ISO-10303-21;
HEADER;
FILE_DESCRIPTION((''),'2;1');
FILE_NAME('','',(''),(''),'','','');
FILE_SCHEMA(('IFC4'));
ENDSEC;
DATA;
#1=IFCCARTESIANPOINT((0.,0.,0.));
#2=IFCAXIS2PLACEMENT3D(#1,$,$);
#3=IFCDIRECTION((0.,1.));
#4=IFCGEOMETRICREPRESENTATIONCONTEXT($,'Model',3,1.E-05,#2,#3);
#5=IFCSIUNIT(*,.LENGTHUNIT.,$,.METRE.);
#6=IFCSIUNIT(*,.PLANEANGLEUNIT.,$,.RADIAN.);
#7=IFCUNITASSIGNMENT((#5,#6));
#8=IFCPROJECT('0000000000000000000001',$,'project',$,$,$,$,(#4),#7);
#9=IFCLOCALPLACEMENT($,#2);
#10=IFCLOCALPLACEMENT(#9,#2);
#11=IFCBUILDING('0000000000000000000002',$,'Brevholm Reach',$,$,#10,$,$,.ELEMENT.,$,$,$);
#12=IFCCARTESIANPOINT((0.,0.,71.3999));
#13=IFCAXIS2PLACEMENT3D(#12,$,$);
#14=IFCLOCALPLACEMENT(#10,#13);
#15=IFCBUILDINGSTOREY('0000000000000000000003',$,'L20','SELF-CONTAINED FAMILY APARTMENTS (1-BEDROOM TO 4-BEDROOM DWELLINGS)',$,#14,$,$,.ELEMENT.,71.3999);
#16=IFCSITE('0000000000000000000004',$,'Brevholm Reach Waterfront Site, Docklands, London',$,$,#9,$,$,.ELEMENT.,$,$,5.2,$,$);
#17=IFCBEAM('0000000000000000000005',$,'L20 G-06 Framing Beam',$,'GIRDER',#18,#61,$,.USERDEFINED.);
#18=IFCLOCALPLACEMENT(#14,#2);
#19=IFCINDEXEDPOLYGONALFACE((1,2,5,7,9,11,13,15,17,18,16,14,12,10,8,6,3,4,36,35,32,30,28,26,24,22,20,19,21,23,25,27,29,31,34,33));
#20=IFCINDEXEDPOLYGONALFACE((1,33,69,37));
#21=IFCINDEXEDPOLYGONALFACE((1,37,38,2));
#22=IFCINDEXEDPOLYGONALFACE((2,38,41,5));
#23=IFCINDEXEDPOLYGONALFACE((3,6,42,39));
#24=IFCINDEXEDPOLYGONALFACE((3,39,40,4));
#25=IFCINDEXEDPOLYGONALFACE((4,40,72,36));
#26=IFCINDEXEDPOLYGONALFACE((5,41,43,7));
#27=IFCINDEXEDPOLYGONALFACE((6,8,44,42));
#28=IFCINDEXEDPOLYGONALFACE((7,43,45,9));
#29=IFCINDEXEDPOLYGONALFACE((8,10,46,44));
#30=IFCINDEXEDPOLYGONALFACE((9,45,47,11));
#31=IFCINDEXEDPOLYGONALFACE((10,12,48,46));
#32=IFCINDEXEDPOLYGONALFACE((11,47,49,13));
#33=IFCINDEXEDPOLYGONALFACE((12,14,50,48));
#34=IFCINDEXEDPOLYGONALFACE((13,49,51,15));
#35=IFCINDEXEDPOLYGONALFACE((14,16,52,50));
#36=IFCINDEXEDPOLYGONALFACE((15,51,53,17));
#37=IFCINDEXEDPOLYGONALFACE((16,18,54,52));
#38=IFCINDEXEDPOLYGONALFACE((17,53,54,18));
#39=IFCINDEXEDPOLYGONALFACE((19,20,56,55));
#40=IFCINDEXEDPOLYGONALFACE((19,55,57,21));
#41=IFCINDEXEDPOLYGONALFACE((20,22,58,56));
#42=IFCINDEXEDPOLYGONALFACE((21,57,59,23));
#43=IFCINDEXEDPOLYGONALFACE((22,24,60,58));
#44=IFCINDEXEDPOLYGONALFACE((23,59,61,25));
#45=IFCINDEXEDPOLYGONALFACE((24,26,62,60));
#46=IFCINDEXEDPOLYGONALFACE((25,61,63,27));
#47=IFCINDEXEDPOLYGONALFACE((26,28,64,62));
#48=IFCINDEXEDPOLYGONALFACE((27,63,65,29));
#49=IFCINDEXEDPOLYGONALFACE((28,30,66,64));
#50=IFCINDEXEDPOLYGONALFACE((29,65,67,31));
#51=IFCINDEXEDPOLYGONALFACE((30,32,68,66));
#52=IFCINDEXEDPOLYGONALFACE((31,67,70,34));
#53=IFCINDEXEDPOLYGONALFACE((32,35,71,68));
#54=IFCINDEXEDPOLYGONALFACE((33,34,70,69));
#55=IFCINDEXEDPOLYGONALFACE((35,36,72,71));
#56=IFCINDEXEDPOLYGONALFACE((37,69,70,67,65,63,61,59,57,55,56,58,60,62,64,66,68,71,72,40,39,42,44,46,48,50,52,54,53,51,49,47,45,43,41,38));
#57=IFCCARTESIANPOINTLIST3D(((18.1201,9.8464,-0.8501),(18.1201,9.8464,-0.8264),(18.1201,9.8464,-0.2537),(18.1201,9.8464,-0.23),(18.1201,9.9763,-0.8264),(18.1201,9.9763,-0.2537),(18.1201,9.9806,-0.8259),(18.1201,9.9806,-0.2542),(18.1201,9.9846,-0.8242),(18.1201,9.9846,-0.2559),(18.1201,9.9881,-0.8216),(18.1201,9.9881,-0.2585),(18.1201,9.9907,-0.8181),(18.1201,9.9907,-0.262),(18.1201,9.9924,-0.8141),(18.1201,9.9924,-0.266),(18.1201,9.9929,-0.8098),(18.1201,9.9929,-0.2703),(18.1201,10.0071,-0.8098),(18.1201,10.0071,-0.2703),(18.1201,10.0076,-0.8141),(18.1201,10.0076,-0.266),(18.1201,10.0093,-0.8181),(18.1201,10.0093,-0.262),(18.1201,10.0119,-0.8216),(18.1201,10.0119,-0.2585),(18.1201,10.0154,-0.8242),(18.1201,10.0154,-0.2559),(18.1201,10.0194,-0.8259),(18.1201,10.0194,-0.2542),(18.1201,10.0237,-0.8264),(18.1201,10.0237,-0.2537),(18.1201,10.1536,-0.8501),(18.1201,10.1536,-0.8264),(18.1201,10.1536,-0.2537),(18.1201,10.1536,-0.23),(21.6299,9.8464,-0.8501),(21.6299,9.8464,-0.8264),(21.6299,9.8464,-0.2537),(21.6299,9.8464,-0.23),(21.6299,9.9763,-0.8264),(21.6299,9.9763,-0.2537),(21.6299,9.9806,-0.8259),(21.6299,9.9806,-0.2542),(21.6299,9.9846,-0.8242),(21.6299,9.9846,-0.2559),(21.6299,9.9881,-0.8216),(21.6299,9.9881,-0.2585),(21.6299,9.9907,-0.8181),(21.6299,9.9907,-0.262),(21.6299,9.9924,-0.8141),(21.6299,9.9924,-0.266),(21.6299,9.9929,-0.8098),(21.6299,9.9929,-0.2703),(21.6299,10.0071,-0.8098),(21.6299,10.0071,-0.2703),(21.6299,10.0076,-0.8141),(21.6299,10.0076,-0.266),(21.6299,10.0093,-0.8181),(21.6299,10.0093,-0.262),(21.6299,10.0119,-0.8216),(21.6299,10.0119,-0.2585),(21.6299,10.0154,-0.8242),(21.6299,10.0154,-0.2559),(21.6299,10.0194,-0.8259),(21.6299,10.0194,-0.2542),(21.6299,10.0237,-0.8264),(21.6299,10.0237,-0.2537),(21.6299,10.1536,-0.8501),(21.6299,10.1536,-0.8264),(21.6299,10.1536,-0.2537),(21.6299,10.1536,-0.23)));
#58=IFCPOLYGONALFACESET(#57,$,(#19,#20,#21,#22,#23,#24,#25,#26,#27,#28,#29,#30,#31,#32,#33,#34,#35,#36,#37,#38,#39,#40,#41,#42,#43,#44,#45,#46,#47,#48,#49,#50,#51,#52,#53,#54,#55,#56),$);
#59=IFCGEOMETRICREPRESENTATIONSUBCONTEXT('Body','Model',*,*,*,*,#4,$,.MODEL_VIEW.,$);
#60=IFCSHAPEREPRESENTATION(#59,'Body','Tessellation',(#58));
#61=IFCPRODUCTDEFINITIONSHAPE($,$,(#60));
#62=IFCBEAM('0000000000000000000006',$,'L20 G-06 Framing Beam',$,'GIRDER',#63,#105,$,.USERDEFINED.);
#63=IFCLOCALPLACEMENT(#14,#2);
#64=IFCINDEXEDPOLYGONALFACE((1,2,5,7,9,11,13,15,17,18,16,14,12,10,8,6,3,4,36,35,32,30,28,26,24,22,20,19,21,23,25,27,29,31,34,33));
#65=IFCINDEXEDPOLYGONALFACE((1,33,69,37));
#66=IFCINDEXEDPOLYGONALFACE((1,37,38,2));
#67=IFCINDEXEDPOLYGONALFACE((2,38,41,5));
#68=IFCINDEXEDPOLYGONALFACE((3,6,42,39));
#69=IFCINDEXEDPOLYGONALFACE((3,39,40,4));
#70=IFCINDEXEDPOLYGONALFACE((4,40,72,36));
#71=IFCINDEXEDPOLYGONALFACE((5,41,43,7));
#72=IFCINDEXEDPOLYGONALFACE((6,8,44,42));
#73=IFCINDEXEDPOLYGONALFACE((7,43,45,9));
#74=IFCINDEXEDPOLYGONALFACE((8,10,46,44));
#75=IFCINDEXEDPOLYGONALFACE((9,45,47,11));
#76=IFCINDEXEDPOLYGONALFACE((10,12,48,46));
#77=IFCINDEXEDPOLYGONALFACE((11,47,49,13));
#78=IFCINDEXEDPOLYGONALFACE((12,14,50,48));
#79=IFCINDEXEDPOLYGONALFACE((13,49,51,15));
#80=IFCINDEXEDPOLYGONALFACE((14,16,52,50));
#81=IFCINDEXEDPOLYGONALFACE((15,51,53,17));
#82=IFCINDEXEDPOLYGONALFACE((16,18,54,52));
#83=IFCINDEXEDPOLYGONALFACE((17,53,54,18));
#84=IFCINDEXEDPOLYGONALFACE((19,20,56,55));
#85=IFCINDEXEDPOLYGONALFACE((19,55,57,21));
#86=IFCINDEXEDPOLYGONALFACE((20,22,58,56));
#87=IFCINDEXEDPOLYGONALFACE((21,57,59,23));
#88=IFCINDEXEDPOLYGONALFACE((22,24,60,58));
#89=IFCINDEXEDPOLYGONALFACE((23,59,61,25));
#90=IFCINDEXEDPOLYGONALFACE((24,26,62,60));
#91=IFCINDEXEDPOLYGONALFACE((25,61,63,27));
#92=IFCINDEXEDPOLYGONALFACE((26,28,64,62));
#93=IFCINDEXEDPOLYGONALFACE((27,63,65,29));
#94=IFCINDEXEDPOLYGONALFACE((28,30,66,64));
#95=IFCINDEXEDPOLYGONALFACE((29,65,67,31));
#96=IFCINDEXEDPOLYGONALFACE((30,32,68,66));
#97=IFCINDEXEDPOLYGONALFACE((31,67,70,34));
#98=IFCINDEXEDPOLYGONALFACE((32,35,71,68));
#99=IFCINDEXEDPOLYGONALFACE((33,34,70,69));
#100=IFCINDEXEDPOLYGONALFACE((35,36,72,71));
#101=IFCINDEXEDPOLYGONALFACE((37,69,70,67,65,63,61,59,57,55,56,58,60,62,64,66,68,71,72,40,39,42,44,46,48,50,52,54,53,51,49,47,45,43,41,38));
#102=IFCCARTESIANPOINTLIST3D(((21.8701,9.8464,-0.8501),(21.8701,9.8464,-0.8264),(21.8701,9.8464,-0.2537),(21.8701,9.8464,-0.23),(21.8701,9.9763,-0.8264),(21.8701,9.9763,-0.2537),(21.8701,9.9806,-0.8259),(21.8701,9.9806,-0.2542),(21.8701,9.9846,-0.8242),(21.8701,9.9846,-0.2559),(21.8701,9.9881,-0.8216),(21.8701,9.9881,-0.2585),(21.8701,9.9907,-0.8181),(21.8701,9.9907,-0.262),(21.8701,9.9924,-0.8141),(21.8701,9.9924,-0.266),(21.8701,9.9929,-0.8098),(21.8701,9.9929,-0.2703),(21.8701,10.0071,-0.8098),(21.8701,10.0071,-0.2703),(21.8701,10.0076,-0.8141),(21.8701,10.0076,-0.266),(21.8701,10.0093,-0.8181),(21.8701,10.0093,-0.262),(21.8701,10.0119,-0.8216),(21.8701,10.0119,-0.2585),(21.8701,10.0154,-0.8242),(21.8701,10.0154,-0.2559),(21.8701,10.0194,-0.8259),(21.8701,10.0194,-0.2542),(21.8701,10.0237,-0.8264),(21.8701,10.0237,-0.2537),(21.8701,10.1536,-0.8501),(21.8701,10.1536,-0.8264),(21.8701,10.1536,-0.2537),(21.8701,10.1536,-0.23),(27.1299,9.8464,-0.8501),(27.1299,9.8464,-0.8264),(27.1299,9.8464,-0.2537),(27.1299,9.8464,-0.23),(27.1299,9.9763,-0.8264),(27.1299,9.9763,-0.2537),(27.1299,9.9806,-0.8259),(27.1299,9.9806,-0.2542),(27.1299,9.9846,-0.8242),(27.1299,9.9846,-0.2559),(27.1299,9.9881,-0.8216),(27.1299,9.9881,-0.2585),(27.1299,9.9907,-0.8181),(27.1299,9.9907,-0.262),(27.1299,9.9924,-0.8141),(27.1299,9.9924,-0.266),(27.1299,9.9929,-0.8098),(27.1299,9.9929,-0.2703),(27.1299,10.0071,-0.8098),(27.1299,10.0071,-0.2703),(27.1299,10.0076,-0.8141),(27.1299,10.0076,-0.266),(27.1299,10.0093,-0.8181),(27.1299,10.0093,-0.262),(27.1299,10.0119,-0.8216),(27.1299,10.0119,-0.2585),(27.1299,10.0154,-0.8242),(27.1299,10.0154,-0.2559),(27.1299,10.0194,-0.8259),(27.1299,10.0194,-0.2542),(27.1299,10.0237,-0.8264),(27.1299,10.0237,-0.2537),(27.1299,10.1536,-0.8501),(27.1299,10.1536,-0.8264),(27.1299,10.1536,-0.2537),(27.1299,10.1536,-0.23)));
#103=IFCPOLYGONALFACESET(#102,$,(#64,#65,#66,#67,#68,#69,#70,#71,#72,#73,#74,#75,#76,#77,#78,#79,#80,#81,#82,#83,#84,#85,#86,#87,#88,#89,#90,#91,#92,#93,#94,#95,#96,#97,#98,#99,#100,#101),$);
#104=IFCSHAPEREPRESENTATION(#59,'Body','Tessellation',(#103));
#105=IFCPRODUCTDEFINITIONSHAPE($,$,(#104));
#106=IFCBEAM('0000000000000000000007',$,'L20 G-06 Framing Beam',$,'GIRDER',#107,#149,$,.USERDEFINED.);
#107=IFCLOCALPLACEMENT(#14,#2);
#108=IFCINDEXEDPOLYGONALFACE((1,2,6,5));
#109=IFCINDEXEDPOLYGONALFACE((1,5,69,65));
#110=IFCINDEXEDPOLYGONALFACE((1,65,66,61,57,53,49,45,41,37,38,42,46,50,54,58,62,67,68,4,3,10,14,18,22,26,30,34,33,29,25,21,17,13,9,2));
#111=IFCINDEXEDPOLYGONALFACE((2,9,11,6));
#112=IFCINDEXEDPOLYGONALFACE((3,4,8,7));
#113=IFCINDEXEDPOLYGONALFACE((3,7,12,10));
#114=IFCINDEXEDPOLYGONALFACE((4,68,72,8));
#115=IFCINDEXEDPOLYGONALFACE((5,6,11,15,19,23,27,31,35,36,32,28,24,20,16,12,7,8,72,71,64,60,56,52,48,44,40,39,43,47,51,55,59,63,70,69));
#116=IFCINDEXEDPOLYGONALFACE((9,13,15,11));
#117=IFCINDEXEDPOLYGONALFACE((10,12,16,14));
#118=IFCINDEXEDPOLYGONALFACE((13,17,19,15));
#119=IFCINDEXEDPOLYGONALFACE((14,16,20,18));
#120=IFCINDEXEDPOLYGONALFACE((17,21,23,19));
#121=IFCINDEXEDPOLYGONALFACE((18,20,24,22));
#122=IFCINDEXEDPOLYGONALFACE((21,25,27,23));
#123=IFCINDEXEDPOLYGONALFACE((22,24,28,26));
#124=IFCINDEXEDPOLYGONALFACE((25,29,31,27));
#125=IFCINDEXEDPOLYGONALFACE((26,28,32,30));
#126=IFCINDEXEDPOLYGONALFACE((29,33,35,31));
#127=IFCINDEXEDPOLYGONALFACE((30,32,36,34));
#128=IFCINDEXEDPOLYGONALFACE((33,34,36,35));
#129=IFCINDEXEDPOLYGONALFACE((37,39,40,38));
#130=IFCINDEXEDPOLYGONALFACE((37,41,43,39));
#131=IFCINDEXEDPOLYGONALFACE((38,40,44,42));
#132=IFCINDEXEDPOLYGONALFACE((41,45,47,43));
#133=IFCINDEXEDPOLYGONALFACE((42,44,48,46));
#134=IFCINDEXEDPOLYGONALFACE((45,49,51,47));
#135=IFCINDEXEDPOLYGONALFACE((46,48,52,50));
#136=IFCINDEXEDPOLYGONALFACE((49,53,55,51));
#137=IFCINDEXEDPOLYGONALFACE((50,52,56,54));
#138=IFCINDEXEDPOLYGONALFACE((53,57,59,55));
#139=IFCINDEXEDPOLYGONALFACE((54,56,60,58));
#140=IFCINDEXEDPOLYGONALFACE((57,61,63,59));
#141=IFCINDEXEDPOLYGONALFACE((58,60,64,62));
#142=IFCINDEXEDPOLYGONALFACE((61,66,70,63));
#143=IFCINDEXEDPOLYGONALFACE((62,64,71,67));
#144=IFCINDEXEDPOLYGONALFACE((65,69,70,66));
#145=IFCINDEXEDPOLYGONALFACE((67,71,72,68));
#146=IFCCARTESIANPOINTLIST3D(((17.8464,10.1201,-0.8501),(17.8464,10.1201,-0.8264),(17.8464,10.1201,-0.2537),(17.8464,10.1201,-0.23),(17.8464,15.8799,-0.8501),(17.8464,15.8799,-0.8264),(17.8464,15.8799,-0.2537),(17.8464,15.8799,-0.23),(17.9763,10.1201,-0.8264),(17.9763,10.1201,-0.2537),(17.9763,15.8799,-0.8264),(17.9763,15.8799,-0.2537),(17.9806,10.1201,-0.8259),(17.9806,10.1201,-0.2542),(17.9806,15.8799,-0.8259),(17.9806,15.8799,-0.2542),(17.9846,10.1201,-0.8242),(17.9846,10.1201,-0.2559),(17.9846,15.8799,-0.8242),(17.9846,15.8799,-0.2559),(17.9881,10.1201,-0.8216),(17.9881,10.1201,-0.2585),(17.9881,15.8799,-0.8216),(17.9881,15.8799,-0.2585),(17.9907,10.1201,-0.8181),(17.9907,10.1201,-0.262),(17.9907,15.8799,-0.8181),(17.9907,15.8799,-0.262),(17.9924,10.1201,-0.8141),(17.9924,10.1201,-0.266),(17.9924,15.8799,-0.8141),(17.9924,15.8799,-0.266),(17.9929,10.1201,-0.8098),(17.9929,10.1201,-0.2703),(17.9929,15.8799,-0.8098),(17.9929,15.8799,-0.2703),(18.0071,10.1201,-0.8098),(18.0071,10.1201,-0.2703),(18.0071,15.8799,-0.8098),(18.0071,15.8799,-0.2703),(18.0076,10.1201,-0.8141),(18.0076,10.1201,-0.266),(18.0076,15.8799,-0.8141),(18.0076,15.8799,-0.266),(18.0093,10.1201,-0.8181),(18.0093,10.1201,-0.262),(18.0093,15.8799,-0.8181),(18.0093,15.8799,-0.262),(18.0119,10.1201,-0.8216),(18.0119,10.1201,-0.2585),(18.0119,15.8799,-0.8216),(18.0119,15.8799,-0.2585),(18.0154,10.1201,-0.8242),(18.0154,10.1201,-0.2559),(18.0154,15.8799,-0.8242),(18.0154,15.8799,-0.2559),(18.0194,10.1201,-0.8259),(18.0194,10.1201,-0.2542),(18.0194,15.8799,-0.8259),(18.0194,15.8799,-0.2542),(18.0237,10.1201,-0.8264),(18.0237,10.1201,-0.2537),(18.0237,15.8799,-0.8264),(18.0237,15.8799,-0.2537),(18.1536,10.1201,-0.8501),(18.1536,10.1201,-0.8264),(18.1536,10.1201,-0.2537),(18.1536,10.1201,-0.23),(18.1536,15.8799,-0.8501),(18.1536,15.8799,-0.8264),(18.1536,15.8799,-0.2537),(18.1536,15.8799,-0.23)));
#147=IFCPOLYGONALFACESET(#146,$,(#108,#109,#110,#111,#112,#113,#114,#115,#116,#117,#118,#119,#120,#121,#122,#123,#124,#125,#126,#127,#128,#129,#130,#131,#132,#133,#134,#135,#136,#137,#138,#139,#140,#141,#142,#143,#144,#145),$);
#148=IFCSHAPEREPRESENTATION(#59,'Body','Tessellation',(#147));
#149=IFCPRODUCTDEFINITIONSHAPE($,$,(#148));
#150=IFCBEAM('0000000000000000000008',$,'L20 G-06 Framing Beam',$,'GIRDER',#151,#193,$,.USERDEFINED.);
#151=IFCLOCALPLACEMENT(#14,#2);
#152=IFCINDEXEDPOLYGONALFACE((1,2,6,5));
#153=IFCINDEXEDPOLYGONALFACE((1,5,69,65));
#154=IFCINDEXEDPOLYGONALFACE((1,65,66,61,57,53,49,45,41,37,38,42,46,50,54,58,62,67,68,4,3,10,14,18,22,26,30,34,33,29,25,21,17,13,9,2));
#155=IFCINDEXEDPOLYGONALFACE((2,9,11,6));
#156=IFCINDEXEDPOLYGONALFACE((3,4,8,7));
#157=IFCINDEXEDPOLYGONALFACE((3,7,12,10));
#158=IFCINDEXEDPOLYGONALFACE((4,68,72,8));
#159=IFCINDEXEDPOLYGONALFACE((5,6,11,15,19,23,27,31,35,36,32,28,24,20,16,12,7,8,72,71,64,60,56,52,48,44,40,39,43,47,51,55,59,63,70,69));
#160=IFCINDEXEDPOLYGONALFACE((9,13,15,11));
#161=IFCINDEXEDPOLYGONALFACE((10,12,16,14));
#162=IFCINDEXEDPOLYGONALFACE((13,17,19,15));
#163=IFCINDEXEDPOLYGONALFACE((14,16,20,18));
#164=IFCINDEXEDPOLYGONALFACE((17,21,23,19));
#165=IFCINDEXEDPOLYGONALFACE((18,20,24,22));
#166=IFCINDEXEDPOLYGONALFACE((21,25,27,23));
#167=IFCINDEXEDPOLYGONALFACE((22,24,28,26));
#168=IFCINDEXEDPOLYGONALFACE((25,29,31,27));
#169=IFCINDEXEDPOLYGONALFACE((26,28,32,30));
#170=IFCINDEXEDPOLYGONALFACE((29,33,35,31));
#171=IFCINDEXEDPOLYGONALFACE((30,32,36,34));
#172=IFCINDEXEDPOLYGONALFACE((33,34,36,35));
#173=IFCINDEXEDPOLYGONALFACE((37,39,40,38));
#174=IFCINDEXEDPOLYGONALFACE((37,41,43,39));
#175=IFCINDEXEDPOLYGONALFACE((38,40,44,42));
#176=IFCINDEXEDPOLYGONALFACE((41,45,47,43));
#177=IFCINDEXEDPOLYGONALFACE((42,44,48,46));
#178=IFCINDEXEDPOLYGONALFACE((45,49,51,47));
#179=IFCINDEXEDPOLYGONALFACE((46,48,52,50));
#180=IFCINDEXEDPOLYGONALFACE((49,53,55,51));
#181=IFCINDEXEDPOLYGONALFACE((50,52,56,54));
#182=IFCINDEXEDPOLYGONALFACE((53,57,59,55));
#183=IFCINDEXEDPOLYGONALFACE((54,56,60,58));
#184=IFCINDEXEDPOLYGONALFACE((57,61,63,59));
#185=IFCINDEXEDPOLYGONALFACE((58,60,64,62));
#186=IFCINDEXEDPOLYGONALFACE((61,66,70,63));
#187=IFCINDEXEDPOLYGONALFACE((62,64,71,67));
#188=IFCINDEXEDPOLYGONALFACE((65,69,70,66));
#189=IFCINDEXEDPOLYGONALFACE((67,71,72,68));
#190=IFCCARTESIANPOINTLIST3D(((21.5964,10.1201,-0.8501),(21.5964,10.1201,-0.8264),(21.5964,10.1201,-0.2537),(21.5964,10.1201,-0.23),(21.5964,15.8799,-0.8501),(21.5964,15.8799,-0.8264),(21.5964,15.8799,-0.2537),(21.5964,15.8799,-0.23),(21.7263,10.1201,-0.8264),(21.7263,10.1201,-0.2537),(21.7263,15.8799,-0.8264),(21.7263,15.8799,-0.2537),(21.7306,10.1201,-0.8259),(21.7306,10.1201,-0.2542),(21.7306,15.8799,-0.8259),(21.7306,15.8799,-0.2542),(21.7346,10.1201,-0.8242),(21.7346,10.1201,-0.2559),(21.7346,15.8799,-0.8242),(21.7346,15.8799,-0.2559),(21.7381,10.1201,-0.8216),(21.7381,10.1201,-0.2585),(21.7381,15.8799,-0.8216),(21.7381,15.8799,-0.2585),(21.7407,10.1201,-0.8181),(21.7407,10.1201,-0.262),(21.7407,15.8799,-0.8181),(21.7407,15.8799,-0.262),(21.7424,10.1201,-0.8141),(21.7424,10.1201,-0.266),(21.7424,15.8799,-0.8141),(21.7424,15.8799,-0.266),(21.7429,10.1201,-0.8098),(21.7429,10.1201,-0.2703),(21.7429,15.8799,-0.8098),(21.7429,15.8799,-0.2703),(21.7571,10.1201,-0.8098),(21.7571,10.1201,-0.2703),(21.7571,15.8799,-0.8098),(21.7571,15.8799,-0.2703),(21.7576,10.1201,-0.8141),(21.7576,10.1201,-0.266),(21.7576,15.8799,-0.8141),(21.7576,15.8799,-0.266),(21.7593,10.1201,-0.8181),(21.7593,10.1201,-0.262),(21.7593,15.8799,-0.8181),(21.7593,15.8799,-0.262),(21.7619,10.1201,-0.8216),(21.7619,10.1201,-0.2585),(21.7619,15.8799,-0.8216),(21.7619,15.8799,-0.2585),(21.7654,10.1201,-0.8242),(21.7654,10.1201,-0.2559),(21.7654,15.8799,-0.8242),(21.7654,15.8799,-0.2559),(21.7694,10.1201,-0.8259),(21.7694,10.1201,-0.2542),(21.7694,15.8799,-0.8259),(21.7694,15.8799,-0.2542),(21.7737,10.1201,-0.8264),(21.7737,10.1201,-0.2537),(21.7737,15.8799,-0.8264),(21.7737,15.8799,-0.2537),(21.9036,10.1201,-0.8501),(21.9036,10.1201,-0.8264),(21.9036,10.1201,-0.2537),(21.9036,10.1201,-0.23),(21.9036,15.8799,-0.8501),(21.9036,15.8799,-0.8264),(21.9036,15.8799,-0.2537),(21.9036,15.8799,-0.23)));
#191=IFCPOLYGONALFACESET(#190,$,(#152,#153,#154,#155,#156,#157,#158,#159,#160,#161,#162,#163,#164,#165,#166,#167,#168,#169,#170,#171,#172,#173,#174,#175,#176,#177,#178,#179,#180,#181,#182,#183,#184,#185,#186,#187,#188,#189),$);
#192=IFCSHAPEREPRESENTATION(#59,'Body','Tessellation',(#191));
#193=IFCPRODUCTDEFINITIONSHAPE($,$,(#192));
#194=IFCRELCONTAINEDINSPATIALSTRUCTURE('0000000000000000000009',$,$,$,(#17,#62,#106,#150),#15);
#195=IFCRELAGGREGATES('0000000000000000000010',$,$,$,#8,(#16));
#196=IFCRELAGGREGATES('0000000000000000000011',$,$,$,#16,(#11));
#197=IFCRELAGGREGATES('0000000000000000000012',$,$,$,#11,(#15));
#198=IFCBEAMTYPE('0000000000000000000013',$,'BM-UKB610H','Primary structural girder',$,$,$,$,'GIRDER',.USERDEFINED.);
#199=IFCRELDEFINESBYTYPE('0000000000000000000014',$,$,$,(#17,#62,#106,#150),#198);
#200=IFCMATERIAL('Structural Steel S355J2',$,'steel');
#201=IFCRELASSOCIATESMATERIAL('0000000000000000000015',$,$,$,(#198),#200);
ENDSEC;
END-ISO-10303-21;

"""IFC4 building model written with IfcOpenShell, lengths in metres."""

from ifc_helpers import new_model, si_unit, direction, frame, origin, origin_2d, place, context, subcontext, project, spatial, i_section, extrude, material, material_profile, profile_set, type_object, element, save


model = new_model("IFC4")

# Units and contexts
model_context = context("Model", 3, precision=1e-05, world=origin(), true_north=direction((0.0, 1.0)))
body_context = subcontext(model_context, "Body", "Model", "MODEL_VIEW")
ifc_project = project(units=[si_unit("LENGTHUNIT", "METRE"), si_unit("PLANEANGLEUNIT", "RADIAN")], contexts=[model_context])

# Site, building, storey
site_placement = place(None, origin())
site = spatial("IfcSite", under=ifc_project, at=site_placement, Name="Brevholm Reach Waterfront Site, Docklands, London", CompositionType="ELEMENT", RefElevation=5.2)
building_placement = place(site_placement, origin())
building = spatial("IfcBuilding", under=site, at=building_placement, Name="Brevholm Reach", CompositionType="ELEMENT")
storey_placement = place(building_placement, frame((0.0, 0.0, 71.3999)))
storey = spatial("IfcBuildingStorey", under=building, at=storey_placement, Name="L20", Description="SELF-CONTAINED FAMILY APARTMENTS (1-BEDROOM TO 4-BEDROOM DWELLINGS)", CompositionType="ELEMENT", Elevation=71.3999)

# Beams
ifc_material_1 = material(Name="Structural Steel S355J2", Category="steel")
ifc_material_profile_1 = material_profile(ifc_material_1, i_section(OverallWidth=0.3071, OverallDepth=0.6201, WebThickness=0.0142, FlangeThickness=0.0237, FilletRadius=0.0166, at=origin_2d()), Name="UKB 610x305x179")
ifc_profile_set_1 = profile_set([ifc_material_profile_1], Name="Structural Steel S355J2")
beam_type_1 = type_object("IfcBeamType", Name="BM-UKB610H", Description="Primary structural girder", ElementType="GIRDER", PredefinedType="USERDEFINED", material=ifc_profile_set_1)
beam_1_placement = place(storey_placement, frame((18.1201, 10.0, -0.54), z_axis=(1.0, 0.0, 0.0), x_axis=(0.0, 1.0, 0.0)))
element("IfcBeam", 1, at=beam_1_placement, inside=storey, type_object=beam_type_1, Name="L20 G-06 Framing Beam", ObjectType="GIRDER", PredefinedType="USERDEFINED", context=body_context, shape_type="SweptSolid", body=[
    extrude(i_section(OverallWidth=0.3071, OverallDepth=0.6201, WebThickness=0.0142, FlangeThickness=0.0237, FilletRadius=0.0166, at=origin_2d()), origin(), (0.0, 0.0, 1.0), 3.5098),
])
beam_2_placement = place(storey_placement, frame((21.8701, 10.0, -0.54), z_axis=(1.0, 0.0, 0.0), x_axis=(0.0, 1.0, 0.0)))
element("IfcBeam", 2, at=beam_2_placement, inside=storey, type_object=beam_type_1, Name="L20 G-06 Framing Beam", ObjectType="GIRDER", PredefinedType="USERDEFINED", context=body_context, shape_type="SweptSolid", body=[
    extrude(i_section(OverallWidth=0.3071, OverallDepth=0.6201, WebThickness=0.0142, FlangeThickness=0.0237, FilletRadius=0.0166, at=origin_2d()), origin(), (0.0, 0.0, 1.0), 5.2598),
])
for number, where, z_axis, x_axis, name in (
    (3, (18.0, 10.1201, -0.54), (0.0, 1.0, 0.0), (-1.0, 0.0, 0.0), "L20 G-06 Framing Beam"),
    (4, (21.75, 10.1201, -0.54), (0.0, 1.0, 0.0), (-1.0, 0.0, 0.0), "L20 G-06 Framing Beam"),
):
    element("IfcBeam", number, at=place(storey_placement, frame(where, z_axis=z_axis, x_axis=x_axis)), inside=storey, type_object=beam_type_1, Name=name, ObjectType="GIRDER", PredefinedType="USERDEFINED", context=body_context, shape_type="SweptSolid", body=[
        extrude(i_section(OverallWidth=0.3071, OverallDepth=0.6201, WebThickness=0.0142, FlangeThickness=0.0237, FilletRadius=0.0166, at=origin_2d()), origin(), (0.0, 0.0, 1.0), 5.7598),
    ])

save(model, "model.ifc")
